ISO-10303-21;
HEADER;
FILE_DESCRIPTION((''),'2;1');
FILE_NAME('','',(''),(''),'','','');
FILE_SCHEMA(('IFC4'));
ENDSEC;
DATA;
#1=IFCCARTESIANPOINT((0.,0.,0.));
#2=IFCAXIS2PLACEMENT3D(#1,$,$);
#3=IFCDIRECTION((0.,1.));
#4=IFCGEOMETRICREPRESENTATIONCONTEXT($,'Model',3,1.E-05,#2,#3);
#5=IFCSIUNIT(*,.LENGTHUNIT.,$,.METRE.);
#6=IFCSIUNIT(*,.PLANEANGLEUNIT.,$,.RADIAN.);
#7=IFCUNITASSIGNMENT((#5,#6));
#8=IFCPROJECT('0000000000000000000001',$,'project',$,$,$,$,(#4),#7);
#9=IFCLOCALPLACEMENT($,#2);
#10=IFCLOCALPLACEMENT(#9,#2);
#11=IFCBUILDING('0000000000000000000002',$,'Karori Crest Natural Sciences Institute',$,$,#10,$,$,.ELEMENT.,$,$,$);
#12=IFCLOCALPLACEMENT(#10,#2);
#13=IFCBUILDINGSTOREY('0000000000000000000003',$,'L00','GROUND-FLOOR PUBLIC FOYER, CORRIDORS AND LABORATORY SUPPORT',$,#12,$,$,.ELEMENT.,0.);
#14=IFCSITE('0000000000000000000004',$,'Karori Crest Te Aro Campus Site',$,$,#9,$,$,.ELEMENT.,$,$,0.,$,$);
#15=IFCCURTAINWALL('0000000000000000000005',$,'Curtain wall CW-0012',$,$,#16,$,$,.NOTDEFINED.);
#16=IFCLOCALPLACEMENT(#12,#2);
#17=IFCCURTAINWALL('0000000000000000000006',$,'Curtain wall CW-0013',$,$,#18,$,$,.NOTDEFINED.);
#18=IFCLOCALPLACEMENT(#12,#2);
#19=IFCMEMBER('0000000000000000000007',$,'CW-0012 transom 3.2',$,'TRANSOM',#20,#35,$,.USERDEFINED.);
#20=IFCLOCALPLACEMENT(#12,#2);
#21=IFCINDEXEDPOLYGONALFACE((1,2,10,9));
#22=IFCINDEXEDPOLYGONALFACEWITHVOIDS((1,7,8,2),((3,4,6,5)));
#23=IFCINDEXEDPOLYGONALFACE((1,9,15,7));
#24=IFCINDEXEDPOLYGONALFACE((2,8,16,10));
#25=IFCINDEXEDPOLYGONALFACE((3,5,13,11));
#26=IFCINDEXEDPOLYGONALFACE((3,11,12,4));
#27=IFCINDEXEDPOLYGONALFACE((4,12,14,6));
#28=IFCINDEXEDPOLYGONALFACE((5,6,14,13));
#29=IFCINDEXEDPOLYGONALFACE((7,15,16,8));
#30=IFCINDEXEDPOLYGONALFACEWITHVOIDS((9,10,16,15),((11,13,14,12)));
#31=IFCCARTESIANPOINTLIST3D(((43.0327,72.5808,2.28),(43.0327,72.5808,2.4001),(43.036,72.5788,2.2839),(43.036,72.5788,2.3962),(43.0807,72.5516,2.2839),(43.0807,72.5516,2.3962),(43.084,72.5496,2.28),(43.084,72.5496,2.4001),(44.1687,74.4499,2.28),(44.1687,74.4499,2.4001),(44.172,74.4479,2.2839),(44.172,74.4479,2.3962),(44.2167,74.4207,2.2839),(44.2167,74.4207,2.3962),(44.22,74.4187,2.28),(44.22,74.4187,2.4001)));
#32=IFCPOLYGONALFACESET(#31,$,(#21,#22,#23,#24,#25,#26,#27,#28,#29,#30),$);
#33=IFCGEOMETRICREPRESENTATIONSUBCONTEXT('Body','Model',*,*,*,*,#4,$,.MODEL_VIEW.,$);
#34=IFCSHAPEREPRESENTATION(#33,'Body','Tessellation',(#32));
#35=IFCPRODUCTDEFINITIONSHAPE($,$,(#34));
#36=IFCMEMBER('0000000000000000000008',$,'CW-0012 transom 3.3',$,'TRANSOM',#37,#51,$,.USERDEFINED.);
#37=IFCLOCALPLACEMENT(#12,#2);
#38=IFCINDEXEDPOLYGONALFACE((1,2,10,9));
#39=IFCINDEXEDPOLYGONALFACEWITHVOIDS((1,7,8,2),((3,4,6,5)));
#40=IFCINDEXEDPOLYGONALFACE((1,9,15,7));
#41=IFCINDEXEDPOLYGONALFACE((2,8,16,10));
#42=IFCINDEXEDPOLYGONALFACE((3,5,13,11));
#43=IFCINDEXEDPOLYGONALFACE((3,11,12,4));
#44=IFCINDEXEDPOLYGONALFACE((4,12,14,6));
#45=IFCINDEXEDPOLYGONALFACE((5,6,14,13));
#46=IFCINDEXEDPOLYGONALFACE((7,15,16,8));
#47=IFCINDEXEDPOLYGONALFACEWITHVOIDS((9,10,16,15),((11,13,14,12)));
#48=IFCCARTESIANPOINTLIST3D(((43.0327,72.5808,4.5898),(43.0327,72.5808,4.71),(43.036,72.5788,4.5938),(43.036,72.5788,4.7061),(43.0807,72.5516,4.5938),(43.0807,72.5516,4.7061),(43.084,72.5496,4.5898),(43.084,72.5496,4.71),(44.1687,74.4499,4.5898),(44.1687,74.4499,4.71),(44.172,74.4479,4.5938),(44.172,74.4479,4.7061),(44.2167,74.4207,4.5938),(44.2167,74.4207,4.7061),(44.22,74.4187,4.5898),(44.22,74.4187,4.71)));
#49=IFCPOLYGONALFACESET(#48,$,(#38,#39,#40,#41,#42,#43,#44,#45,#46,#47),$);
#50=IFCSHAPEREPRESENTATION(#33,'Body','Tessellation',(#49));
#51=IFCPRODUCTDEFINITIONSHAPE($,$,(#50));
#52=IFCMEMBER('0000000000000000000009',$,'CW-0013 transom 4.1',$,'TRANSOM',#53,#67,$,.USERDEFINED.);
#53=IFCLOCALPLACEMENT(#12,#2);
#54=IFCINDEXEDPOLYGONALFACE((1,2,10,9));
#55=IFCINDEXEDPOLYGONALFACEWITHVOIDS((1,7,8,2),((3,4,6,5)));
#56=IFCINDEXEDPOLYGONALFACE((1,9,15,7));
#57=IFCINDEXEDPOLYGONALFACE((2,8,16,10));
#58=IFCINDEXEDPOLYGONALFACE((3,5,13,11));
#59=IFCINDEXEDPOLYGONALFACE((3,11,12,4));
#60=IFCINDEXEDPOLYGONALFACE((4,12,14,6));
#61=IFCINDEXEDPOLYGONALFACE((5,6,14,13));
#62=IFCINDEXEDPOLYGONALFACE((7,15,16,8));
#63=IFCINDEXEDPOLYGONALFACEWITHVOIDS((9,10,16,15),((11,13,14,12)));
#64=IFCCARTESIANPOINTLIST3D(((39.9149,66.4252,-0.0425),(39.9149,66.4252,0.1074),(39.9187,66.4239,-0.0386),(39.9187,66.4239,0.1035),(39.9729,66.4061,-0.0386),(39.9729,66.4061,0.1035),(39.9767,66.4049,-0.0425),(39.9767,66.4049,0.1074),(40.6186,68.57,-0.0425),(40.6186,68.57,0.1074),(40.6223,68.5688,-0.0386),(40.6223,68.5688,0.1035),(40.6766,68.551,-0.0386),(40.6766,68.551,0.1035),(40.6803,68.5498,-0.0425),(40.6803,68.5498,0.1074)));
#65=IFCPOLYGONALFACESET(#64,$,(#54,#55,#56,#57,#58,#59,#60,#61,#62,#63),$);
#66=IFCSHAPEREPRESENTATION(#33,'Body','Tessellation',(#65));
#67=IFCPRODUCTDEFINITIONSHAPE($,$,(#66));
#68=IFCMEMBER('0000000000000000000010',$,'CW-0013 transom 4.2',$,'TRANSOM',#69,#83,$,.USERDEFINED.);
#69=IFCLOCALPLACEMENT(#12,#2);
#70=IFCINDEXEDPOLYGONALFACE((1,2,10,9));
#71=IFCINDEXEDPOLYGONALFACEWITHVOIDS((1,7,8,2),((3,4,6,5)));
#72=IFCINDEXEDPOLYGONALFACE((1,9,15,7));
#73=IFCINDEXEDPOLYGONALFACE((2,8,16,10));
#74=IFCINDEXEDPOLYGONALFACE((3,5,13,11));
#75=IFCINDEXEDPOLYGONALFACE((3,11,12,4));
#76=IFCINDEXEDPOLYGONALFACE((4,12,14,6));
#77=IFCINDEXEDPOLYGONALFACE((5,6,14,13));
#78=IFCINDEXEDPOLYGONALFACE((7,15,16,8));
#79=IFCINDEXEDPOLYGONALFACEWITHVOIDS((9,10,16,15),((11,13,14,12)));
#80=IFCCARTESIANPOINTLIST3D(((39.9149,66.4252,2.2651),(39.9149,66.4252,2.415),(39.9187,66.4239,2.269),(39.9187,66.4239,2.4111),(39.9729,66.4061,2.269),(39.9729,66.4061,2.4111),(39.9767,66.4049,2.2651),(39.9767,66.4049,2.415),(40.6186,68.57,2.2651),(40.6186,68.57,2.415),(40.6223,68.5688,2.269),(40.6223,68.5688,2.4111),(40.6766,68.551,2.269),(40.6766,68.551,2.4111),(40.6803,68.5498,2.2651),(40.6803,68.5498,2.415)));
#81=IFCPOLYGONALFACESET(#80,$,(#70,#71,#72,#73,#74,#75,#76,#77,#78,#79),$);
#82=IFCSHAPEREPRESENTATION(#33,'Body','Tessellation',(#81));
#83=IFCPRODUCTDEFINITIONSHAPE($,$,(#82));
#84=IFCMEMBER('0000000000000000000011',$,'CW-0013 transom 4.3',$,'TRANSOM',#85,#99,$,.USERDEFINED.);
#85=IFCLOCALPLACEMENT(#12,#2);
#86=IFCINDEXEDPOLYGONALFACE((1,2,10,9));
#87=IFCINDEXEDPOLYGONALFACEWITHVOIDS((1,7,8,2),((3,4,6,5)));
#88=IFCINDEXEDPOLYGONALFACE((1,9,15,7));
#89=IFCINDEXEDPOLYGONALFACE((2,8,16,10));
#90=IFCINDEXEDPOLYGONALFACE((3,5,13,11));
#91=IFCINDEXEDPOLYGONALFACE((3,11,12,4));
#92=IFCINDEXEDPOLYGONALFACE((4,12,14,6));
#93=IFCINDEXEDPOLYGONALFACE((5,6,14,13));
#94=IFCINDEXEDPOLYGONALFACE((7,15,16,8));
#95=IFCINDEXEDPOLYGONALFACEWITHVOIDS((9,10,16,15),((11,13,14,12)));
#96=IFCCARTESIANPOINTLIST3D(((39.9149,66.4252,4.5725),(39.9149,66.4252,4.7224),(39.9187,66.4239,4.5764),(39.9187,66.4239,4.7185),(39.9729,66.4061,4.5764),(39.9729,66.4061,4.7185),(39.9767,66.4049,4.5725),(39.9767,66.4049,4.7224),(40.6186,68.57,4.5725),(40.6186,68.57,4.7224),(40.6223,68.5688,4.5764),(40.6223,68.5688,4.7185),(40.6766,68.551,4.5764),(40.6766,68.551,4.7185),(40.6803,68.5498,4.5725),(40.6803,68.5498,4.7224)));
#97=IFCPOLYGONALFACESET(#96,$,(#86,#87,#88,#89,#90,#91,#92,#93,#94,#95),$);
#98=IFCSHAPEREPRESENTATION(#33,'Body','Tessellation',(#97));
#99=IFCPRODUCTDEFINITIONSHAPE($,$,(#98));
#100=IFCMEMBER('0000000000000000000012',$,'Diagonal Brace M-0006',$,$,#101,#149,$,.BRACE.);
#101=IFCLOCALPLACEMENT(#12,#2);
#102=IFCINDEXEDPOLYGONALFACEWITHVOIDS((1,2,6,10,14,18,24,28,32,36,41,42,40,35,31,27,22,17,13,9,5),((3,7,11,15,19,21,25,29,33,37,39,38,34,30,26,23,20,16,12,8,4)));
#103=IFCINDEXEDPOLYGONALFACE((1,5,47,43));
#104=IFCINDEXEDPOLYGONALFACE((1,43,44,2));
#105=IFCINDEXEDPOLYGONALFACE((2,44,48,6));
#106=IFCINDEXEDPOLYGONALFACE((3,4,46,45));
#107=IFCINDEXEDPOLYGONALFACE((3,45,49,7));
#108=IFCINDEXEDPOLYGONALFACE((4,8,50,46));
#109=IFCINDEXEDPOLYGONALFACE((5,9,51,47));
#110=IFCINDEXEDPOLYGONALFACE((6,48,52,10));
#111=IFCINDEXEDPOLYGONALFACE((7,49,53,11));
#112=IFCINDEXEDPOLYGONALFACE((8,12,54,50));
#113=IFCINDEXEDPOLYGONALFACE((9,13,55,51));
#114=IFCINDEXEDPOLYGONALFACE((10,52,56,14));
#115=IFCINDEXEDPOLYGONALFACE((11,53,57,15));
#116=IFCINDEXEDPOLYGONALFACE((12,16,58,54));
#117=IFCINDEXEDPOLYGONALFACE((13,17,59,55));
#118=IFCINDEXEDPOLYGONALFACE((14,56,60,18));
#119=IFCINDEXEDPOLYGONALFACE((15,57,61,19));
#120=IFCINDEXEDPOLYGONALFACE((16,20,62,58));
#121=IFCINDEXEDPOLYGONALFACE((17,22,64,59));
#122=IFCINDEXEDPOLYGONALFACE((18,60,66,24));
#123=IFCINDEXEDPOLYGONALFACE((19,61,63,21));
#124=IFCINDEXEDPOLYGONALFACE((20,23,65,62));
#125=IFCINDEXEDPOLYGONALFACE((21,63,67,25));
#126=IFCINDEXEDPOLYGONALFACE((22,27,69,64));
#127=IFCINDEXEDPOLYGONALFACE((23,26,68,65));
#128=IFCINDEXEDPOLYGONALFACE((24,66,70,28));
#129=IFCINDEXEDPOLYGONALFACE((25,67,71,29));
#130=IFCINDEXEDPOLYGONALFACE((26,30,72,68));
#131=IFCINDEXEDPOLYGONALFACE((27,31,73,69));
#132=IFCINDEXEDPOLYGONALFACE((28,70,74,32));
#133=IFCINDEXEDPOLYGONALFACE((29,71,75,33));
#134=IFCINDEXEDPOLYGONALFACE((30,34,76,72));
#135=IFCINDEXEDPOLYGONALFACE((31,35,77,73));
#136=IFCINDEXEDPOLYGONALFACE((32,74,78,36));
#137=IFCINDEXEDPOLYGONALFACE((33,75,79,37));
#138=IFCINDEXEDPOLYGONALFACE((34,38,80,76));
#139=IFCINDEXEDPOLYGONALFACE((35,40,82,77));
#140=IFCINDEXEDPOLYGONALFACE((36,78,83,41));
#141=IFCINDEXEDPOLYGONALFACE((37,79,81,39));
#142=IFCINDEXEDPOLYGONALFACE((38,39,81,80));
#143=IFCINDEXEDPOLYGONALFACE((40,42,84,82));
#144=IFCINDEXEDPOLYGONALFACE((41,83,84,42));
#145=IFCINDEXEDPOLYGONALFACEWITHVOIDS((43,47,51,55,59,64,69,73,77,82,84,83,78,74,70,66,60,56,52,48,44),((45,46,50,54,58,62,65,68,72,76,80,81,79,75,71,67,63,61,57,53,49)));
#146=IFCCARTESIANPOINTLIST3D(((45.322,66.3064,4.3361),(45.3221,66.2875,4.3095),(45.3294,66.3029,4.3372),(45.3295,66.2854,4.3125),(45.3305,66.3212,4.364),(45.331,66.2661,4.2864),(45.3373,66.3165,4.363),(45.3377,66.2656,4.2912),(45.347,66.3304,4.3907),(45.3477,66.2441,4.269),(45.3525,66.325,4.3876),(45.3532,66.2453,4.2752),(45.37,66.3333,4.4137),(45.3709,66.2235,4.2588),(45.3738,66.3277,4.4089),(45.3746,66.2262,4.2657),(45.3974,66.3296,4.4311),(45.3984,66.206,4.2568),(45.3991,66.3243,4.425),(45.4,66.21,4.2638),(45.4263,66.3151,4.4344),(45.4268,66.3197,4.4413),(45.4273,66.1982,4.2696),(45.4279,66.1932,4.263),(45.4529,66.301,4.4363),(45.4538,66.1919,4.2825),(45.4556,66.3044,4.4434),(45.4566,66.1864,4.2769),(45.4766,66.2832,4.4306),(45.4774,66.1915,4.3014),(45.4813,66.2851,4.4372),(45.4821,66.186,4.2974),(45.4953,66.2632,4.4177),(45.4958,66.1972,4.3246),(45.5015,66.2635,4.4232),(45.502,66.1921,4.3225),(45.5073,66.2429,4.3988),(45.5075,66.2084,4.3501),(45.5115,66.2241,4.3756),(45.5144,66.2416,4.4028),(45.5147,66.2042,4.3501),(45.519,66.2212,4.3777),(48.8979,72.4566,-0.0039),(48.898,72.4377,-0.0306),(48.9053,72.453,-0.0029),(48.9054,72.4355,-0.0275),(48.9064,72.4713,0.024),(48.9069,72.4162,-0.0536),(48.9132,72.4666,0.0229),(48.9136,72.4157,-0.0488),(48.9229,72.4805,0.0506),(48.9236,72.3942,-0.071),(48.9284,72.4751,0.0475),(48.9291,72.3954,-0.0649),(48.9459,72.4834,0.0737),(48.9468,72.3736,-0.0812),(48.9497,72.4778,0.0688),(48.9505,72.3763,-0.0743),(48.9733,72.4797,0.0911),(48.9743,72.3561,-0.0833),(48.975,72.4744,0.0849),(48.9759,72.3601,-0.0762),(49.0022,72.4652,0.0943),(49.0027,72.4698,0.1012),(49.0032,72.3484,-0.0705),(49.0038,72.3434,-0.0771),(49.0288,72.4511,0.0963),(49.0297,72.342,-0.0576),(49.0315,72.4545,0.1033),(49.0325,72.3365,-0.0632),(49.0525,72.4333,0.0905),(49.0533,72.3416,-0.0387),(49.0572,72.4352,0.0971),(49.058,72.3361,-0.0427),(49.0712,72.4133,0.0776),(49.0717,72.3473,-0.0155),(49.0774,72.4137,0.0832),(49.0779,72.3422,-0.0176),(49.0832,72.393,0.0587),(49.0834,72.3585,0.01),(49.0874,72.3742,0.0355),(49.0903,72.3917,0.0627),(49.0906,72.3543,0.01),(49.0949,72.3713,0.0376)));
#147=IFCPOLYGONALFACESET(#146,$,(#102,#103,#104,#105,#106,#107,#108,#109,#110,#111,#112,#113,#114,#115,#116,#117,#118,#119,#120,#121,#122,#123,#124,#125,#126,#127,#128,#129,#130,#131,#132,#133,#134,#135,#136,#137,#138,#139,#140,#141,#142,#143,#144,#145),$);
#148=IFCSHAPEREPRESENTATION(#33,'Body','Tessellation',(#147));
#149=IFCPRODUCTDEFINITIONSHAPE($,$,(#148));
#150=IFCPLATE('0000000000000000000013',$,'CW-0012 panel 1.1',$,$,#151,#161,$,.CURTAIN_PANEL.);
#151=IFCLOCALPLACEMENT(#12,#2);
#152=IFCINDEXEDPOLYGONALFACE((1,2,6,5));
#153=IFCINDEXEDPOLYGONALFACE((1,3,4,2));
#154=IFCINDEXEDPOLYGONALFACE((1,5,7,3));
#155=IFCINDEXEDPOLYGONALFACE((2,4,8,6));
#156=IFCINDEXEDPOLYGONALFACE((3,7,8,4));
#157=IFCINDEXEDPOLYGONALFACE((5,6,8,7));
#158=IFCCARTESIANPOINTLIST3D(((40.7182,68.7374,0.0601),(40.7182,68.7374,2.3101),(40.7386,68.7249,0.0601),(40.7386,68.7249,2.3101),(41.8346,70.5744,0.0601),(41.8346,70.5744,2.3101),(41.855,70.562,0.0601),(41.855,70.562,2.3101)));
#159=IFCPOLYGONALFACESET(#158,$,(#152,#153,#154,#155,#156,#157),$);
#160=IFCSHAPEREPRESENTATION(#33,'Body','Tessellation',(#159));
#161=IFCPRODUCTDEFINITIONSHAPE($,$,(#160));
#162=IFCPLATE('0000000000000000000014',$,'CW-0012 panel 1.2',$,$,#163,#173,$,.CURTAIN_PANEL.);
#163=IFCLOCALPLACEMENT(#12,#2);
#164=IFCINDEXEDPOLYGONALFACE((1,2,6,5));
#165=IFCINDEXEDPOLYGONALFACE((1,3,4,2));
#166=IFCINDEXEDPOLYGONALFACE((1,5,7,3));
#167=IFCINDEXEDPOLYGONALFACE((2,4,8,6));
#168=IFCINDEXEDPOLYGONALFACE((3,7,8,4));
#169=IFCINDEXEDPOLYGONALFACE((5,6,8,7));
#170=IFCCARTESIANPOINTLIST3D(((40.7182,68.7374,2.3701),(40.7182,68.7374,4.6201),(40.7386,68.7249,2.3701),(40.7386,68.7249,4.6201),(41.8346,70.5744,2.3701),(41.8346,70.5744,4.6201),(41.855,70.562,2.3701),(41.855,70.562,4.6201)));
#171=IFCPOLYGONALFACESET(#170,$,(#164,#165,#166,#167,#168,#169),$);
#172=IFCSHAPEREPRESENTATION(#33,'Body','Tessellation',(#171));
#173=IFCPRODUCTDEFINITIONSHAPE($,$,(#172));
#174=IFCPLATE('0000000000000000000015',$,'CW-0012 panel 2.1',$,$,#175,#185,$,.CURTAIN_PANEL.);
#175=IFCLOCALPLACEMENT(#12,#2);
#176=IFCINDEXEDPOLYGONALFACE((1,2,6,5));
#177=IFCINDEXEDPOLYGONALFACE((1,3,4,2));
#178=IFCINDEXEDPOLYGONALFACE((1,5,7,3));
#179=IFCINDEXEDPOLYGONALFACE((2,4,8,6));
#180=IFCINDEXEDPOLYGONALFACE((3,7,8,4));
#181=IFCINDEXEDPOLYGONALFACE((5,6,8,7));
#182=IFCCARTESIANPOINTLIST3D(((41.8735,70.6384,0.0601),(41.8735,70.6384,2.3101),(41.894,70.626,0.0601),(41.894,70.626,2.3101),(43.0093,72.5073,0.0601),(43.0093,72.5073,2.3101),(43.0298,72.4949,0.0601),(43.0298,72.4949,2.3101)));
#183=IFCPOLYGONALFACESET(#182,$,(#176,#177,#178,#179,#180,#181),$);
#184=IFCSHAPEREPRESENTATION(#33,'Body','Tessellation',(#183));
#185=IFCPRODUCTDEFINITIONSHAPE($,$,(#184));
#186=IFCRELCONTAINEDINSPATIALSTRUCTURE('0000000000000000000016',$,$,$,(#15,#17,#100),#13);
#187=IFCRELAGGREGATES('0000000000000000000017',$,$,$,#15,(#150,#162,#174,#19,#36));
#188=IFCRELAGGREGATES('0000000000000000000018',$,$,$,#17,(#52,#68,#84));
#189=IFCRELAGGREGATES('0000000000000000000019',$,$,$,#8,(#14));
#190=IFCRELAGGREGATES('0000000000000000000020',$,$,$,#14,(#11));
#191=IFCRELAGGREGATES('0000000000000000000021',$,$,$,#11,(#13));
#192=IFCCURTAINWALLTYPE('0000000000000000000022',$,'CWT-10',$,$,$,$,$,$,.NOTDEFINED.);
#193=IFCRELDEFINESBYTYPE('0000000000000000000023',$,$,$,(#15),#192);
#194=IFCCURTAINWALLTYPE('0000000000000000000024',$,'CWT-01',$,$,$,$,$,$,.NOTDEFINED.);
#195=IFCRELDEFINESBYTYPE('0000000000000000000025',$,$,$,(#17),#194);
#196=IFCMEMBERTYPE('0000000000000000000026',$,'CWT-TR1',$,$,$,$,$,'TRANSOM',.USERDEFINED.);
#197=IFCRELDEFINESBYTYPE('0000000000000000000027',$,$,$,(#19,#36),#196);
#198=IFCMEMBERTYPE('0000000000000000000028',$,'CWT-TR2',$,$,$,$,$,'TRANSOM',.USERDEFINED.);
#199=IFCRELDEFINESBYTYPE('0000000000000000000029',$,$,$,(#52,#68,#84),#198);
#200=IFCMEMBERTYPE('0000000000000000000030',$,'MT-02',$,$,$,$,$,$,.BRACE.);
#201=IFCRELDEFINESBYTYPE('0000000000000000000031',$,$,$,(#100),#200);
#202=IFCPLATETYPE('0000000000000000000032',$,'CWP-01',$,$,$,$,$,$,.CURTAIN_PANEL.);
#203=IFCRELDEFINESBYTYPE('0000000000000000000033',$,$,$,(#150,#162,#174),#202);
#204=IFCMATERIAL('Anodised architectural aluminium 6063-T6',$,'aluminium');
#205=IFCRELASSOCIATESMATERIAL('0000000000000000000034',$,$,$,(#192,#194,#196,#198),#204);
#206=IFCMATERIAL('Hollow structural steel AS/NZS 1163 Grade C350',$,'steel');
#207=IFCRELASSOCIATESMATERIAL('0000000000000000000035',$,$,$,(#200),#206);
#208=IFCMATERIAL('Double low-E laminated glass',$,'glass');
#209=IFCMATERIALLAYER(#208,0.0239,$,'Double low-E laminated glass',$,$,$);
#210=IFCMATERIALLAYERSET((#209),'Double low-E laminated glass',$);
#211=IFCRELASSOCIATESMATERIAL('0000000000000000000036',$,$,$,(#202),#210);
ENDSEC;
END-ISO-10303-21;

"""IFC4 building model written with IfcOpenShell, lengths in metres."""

from ifc_helpers import new_model, si_unit, direction, frame, origin, origin_2d, place, context, subcontext, project, spatial, rectangle, hollow_rectangle, hollow_circle, extrude, material, layer, layer_set, material_profile, profile_set, type_object, element, aggregate, save


model = new_model("IFC4")

# Units and contexts
model_context = context("Model", 3, precision=1e-05, world=origin(), true_north=direction((0.0, 1.0)))
body_context = subcontext(model_context, "Body", "Model", "MODEL_VIEW")
ifc_project = project(units=[si_unit("LENGTHUNIT", "METRE"), si_unit("PLANEANGLEUNIT", "RADIAN")], contexts=[model_context])

# Site, building, storey
site_placement = place(None, origin())
site = spatial("IfcSite", under=ifc_project, at=site_placement, Name="Karori Crest Te Aro Campus Site", CompositionType="ELEMENT", RefElevation=0.0)
building_placement = place(site_placement, origin())
building = spatial("IfcBuilding", under=site, at=building_placement, Name="Karori Crest Natural Sciences Institute", CompositionType="ELEMENT")
storey_placement = place(building_placement, origin())
storey = spatial("IfcBuildingStorey", under=building, at=storey_placement, Name="L00", Description="GROUND-FLOOR PUBLIC FOYER, CORRIDORS AND LABORATORY SUPPORT", CompositionType="ELEMENT", Elevation=0.0)

# Shared definitions
ifc_material_1 = material(Name="Hollow structural steel AS/NZS 1163 Grade C350", Category="steel")

# Shared definitions
ifc_material_2 = material(Name="Anodised architectural aluminium 6063-T6", Category="aluminium")

# Curtain wall
curtain_wall_type_1 = type_object("IfcCurtainWallType", Name="CWT-10", PredefinedType="NOTDEFINED", material=ifc_material_2)
curtain_wall_1_placement = place(storey_placement, origin())
curtain_wall_1 = element("IfcCurtainWall", 1, at=curtain_wall_1_placement, inside=storey, type_object=curtain_wall_type_1, Name="Curtain wall CW-0012", PredefinedType="NOTDEFINED")

# Curtain wall
curtain_wall_type_2 = type_object("IfcCurtainWallType", Name="CWT-01", PredefinedType="NOTDEFINED", material=ifc_material_2)
curtain_wall_2_placement = place(storey_placement, origin())
curtain_wall_2 = element("IfcCurtainWall", 2, at=curtain_wall_2_placement, inside=storey, type_object=curtain_wall_type_2, Name="Curtain wall CW-0013", PredefinedType="NOTDEFINED")

# Members
ifc_material_profile_1 = material_profile(ifc_material_2, hollow_rectangle(XDim=0.0601, YDim=0.1201, WallThickness=0.0039, at=origin_2d()), Name="CWT120x60x4")
ifc_profile_set_1 = profile_set([ifc_material_profile_1], Name="Anodised architectural aluminium 6063-T6")
member_type_1 = type_object("IfcMemberType", Name="CWT-TR1", ElementType="TRANSOM", PredefinedType="USERDEFINED", material=ifc_profile_set_1)
member_1_placement = place(storey_placement, frame((43.0583, 72.5652, 2.3401), z_axis=(0.519363, 0.854554, 0.0), x_axis=(-0.854554, 0.519363, 0.0)))
member_1 = element("IfcMember", 3, at=member_1_placement, type_object=member_type_1, Name="CW-0012 transom 3.2", ObjectType="TRANSOM", PredefinedType="USERDEFINED", context=body_context, shape_type="SweptSolid", body=[
    extrude(hollow_rectangle(XDim=0.0601, YDim=0.1201, WallThickness=0.0039, at=origin_2d()), origin(), (0.0, 0.0, 1.0), 2.1873),
])
member_2_placement = place(storey_placement, frame((43.0583, 72.5652, 4.6499), z_axis=(0.519363, 0.854554, 0.0), x_axis=(-0.854554, 0.519363, 0.0)))
member_2 = element("IfcMember", 4, at=member_2_placement, type_object=member_type_1, Name="CW-0012 transom 3.3", ObjectType="TRANSOM", PredefinedType="USERDEFINED", context=body_context, shape_type="SweptSolid", body=[
    extrude(hollow_rectangle(XDim=0.0601, YDim=0.1201, WallThickness=0.0039, at=origin_2d()), origin(), (0.0, 0.0, 1.0), 2.1873),
])
ifc_material_profile_2 = material_profile(ifc_material_2, hollow_rectangle(XDim=0.0649, YDim=0.1499, WallThickness=0.0039, at=origin_2d()), Name="CWT150x65x4")
ifc_profile_set_2 = profile_set([ifc_material_profile_2], Name="Anodised architectural aluminium 6063-T6")
member_type_2 = type_object("IfcMemberType", Name="CWT-TR2", ElementType="TRANSOM", PredefinedType="USERDEFINED", material=ifc_profile_set_2)
member_3_placement = place(storey_placement, frame((39.9458, 66.415, 0.0325), z_axis=(0.311714, 0.950176, 0.0), x_axis=(-0.950176, 0.311714, 0.0)))
member_3 = element("IfcMember", 5, at=member_3_placement, type_object=member_type_2, Name="CW-0013 transom 4.1", ObjectType="TRANSOM", PredefinedType="USERDEFINED", context=body_context, shape_type="SweptSolid", body=[
    extrude(hollow_rectangle(XDim=0.0649, YDim=0.1499, WallThickness=0.0039, at=origin_2d()), origin(), (0.0, 0.0, 1.0), 2.2573),
])
member_4_placement = place(storey_placement, frame((39.9458, 66.415, 2.3401), z_axis=(0.311714, 0.950176, 0.0), x_axis=(-0.950176, 0.311714, 0.0)))
member_4 = element("IfcMember", 6, at=member_4_placement, type_object=member_type_2, Name="CW-0013 transom 4.2", ObjectType="TRANSOM", PredefinedType="USERDEFINED", context=body_context, shape_type="SweptSolid", body=[
    extrude(hollow_rectangle(XDim=0.0649, YDim=0.1499, WallThickness=0.0039, at=origin_2d()), origin(), (0.0, 0.0, 1.0), 2.2573),
])
member_5_placement = place(storey_placement, frame((39.9458, 66.415, 4.6475), z_axis=(0.311714, 0.950176, 0.0), x_axis=(-0.950176, 0.311714, 0.0)))
member_5 = element("IfcMember", 7, at=member_5_placement, type_object=member_type_2, Name="CW-0013 transom 4.3", ObjectType="TRANSOM", PredefinedType="USERDEFINED", context=body_context, shape_type="SweptSolid", body=[
    extrude(hollow_rectangle(XDim=0.0649, YDim=0.1499, WallThickness=0.0039, at=origin_2d()), origin(), (0.0, 0.0, 1.0), 2.2573),
])
ifc_material_profile_3 = material_profile(ifc_material_1, hollow_circle(Radius=0.1096, WallThickness=0.0083, at=origin_2d()), Name="CHS219.1x8.2")
ifc_profile_set_3 = profile_set([ifc_material_profile_3], Name="Hollow structural steel AS/NZS 1163 Grade C350")
member_type_3 = type_object("IfcMemberType", Name="MT-02", PredefinedType="BRACE", material=ifc_profile_set_3)
member_6_placement = place(storey_placement, frame((48.9958, 72.4094, 0.01), z_axis=(-0.429101, -0.737999, 0.520798), x_axis=(0.864491, -0.502648, 0.0)))
element("IfcMember", 8, at=member_6_placement, inside=storey, type_object=member_type_3, Name="Diagonal Brace M-0006", PredefinedType="BRACE", context=body_context, shape_type="SweptSolid", body=[
    extrude(hollow_circle(Radius=0.1096, WallThickness=0.0083, at=origin_2d()), origin(), (0.0, 0.0, 1.0), 8.3335),
])

# Plates
ifc_material_3 = material(Name="Double low-E laminated glass", Category="glass")
ifc_layer_1 = layer(ifc_material_3, 0.0239, Name="Double low-E laminated glass")
ifc_layer_set_1 = layer_set([ifc_layer_1], Name="Double low-E laminated glass")
plate_type_1 = type_object("IfcPlateType", Name="CWP-01", PredefinedType="CURTAIN_PANEL", material=ifc_layer_set_1)
plate_1_placement = place(storey_placement, frame((41.2866, 69.6497, 0.0601), z_axis=(0.0, 0.0, 1.0), x_axis=(0.519341, 0.854567, 0.0)))
plate_1 = element("IfcPlate", 9, at=plate_1_placement, type_object=plate_type_1, Name="CW-0012 panel 1.1", PredefinedType="CURTAIN_PANEL", context=body_context, shape_type="SweptSolid", body=[
    extrude(rectangle(XDim=2.1497, YDim=0.0239, at=origin_2d()), origin(), (0.0, 0.0, 1.0), 2.25),
])
plate_2_placement = place(storey_placement, frame((41.2866, 69.6497, 2.3701), z_axis=(0.0, 0.0, 1.0), x_axis=(0.519341, 0.854567, 0.0)))
plate_2 = element("IfcPlate", 10, at=plate_2_placement, type_object=plate_type_1, Name="CW-0012 panel 1.2", PredefinedType="CURTAIN_PANEL", context=body_context, shape_type="SweptSolid", body=[
    extrude(rectangle(XDim=2.1497, YDim=0.0239, at=origin_2d()), origin(), (0.0, 0.0, 1.0), 2.25),
])
plate_3_placement = place(storey_placement, frame((42.4517, 71.5667, 0.0601), z_axis=(0.0, 0.0, 1.0), x_axis=(0.519341, 0.854567, 0.0)))
plate_3 = element("IfcPlate", 11, at=plate_3_placement, type_object=plate_type_1, Name="CW-0012 panel 2.1", PredefinedType="CURTAIN_PANEL", context=body_context, shape_type="SweptSolid", body=[
    extrude(rectangle(XDim=2.187, YDim=0.0239, at=origin_2d()), origin(), (0.0, 0.0, 1.0), 2.25),
])
aggregate(curtain_wall_1, [plate_1, plate_2, plate_3, member_1, member_2])
aggregate(curtain_wall_2, [member_3, member_4, member_5])

save(model, "model.ifc")
